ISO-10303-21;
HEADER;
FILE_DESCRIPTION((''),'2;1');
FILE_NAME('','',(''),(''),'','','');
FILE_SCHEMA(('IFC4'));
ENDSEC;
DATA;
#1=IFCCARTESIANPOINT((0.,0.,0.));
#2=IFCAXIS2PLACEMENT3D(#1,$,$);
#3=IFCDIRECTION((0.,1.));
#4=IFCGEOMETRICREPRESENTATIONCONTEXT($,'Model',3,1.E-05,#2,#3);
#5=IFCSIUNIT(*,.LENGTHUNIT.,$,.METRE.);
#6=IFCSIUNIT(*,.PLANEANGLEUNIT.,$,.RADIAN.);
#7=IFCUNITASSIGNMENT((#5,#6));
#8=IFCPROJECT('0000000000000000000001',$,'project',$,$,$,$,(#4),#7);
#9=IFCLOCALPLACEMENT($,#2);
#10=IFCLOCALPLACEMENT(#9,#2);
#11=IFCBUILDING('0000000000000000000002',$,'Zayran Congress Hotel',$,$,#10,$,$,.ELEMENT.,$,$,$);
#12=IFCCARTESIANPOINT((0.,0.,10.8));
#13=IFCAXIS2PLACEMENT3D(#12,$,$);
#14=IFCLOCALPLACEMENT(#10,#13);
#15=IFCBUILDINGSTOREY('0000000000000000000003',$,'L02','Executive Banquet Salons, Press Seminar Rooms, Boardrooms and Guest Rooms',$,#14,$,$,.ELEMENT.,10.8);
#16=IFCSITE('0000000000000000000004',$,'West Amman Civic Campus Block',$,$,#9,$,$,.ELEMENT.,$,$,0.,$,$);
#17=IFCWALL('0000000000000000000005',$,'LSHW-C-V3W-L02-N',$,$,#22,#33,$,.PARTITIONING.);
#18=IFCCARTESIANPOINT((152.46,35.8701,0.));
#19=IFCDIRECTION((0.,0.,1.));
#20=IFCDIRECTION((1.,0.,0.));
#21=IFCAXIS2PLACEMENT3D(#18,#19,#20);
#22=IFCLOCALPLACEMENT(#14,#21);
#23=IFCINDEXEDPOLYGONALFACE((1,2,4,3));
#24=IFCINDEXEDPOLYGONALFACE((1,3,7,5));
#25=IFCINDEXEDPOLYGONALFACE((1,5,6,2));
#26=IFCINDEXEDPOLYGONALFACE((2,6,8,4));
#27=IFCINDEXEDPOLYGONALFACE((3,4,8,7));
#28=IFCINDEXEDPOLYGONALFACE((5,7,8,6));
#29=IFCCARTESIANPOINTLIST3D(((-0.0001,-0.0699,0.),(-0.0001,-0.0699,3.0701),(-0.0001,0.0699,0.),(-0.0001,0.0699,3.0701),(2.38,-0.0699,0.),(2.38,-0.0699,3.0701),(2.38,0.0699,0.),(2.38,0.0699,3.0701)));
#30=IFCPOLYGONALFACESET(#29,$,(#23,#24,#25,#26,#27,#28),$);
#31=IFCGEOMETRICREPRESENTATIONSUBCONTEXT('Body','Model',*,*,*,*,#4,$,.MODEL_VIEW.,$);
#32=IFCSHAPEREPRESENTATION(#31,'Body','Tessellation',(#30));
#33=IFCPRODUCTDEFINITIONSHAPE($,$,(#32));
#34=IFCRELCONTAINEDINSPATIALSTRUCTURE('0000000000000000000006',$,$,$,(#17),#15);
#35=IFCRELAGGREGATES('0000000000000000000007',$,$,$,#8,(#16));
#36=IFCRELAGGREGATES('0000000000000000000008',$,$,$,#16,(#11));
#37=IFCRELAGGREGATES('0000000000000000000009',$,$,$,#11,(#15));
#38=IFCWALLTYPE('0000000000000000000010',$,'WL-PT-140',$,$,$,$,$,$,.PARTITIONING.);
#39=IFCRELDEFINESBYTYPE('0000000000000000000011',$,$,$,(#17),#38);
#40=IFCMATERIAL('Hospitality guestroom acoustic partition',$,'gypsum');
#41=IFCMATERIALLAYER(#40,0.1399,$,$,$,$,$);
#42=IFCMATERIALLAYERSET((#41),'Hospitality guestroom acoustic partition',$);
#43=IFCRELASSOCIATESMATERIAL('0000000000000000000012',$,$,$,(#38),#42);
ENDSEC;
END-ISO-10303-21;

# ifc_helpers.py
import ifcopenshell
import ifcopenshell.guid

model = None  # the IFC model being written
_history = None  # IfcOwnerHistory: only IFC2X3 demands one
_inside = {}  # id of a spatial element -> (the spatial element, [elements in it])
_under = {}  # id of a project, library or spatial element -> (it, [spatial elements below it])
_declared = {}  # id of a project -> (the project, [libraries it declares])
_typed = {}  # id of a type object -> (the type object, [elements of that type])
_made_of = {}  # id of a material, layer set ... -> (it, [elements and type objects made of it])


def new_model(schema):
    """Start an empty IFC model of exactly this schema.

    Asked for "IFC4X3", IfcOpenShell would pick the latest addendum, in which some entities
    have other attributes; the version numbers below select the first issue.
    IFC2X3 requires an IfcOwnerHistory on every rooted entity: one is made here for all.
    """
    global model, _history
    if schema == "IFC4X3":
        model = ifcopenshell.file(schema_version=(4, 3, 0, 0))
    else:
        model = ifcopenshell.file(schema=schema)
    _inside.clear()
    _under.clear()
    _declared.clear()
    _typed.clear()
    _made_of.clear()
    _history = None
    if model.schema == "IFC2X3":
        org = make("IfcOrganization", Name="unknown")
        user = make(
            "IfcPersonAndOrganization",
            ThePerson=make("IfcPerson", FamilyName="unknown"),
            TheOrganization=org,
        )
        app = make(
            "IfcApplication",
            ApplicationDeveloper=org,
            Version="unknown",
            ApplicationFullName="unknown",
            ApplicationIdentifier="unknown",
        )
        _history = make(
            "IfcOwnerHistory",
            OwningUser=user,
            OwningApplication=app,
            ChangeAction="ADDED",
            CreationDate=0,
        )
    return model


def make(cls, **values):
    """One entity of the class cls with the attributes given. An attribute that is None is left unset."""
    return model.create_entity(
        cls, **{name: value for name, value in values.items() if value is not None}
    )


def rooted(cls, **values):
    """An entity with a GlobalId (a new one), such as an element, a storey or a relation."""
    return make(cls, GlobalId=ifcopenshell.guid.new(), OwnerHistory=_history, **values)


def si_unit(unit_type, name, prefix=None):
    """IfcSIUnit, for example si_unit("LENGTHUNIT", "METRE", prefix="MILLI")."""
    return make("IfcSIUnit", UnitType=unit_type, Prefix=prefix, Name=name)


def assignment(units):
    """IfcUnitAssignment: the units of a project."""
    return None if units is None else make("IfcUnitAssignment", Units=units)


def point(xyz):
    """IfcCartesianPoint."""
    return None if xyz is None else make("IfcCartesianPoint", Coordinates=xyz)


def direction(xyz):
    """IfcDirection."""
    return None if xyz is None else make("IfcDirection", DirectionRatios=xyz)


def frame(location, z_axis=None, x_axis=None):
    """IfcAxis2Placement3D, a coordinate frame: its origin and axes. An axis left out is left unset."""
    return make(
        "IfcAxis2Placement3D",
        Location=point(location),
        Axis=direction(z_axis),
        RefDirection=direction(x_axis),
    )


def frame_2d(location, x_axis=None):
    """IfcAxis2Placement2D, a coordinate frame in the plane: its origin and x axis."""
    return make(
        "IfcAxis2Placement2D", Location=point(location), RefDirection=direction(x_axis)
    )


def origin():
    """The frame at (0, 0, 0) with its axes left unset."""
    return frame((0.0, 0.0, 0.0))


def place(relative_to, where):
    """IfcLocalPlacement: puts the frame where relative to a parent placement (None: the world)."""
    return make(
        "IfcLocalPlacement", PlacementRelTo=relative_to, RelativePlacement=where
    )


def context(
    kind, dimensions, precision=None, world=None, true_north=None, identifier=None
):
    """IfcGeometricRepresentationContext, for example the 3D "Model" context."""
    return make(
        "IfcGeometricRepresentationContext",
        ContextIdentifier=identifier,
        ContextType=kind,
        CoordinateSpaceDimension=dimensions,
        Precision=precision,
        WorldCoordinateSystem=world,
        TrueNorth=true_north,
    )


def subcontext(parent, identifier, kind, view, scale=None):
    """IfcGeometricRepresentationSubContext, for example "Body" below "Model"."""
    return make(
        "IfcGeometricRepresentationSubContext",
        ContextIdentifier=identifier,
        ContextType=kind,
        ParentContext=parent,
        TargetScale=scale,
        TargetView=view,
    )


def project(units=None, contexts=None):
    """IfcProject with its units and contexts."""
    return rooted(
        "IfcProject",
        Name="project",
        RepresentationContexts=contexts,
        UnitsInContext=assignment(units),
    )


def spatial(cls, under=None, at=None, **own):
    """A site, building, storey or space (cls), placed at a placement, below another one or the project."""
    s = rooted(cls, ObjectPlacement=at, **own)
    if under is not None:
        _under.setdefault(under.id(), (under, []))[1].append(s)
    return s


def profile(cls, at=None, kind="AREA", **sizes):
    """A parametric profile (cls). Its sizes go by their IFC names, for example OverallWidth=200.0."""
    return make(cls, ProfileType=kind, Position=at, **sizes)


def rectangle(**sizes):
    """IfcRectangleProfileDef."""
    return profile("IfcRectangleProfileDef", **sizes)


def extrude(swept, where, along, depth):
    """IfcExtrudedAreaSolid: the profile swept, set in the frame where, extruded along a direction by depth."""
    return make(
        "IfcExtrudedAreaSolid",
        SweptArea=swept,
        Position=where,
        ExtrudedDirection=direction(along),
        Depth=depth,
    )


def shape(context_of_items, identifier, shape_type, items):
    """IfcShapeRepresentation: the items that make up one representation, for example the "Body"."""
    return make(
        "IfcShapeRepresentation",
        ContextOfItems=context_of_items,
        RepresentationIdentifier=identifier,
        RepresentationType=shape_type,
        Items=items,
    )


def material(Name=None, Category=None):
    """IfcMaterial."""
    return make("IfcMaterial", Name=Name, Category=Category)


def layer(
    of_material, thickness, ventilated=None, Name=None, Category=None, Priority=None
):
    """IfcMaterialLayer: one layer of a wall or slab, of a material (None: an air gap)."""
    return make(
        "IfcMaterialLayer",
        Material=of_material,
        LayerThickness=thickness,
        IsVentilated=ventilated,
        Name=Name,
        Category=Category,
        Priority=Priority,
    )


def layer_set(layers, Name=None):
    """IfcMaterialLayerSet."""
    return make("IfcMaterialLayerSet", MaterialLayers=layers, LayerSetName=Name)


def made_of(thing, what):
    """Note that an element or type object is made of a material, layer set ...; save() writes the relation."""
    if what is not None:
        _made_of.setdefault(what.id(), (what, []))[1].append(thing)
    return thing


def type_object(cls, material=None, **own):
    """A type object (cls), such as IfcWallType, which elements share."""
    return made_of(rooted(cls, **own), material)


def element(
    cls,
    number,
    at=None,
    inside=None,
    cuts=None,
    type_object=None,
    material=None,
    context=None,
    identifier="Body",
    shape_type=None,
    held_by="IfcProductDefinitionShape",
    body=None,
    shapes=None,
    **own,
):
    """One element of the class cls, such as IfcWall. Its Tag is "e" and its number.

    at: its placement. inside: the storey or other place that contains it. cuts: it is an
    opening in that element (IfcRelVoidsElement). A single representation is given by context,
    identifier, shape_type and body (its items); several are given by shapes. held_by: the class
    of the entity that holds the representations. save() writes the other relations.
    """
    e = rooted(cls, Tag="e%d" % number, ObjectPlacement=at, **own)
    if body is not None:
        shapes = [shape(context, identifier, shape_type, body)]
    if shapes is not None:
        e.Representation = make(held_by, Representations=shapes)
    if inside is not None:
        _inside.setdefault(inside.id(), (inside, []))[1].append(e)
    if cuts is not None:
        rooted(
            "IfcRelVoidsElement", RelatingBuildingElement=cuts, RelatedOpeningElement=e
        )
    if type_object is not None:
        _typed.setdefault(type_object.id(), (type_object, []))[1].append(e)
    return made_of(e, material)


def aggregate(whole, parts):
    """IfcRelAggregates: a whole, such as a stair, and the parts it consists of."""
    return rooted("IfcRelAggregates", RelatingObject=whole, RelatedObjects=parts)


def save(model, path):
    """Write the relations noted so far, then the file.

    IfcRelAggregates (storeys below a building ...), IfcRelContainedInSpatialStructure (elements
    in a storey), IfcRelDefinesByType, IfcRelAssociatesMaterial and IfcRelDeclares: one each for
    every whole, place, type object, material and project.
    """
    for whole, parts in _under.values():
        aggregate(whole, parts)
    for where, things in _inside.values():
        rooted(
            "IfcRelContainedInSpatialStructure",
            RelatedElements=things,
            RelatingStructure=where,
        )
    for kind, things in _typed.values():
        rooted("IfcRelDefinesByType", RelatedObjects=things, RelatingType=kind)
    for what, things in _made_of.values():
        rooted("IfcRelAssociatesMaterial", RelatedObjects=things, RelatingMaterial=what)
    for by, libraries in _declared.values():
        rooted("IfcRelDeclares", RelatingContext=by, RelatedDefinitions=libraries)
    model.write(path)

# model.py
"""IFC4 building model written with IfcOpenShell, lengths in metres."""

from ifc_helpers import new_model, si_unit, direction, frame, frame_2d, origin, place, context, subcontext, project, spatial, rectangle, extrude, material, layer, layer_set, type_object, element, save


model = new_model("IFC4")

# Units and contexts
model_context = context("Model", 3, precision=1e-05, world=origin(), true_north=direction((0.0, 1.0)))
body_context = subcontext(model_context, "Body", "Model", "MODEL_VIEW")
ifc_project = project(units=[si_unit("LENGTHUNIT", "METRE"), si_unit("PLANEANGLEUNIT", "RADIAN")], contexts=[model_context])

# Site, building, storey
site_placement = place(None, origin())
site = spatial("IfcSite", under=ifc_project, at=site_placement, Name="West Amman Civic Campus Block", CompositionType="ELEMENT", RefElevation=0.0)
building_placement = place(site_placement, origin())
building = spatial("IfcBuilding", under=site, at=building_placement, Name="Zayran Congress Hotel", CompositionType="ELEMENT")
storey_placement = place(building_placement, frame((0.0, 0.0, 10.8)))
storey = spatial("IfcBuildingStorey", under=building, at=storey_placement, Name="L02", Description="Executive Banquet Salons, Press Seminar Rooms, Boardrooms and Guest Rooms", CompositionType="ELEMENT", Elevation=10.8)

# Wall
ifc_material_1 = material(Name="Hospitality guestroom acoustic partition", Category="gypsum")
ifc_layer_1 = layer(ifc_material_1, 0.1399)
ifc_layer_set_1 = layer_set([ifc_layer_1], Name="Hospitality guestroom acoustic partition")
wall_type_1 = type_object("IfcWallType", Name="WL-PT-140", PredefinedType="PARTITIONING", material=ifc_layer_set_1)
wall_1_placement = place(storey_placement, frame((152.46, 35.8701, 0.0), z_axis=(0.0, 0.0, 1.0), x_axis=(1.0, 0.0, 0.0)))
element("IfcWall", 1, at=wall_1_placement, inside=storey, type_object=wall_type_1, Name="LSHW-C-V3W-L02-N", PredefinedType="PARTITIONING", context=body_context, shape_type="SweptSolid", body=[
    extrude(rectangle(XDim=2.3801, YDim=0.1399, at=frame_2d((1.1899, 0.0))), origin(), (0.0, 0.0, 1.0), 3.0701),
])

save(model, "model.ifc")
